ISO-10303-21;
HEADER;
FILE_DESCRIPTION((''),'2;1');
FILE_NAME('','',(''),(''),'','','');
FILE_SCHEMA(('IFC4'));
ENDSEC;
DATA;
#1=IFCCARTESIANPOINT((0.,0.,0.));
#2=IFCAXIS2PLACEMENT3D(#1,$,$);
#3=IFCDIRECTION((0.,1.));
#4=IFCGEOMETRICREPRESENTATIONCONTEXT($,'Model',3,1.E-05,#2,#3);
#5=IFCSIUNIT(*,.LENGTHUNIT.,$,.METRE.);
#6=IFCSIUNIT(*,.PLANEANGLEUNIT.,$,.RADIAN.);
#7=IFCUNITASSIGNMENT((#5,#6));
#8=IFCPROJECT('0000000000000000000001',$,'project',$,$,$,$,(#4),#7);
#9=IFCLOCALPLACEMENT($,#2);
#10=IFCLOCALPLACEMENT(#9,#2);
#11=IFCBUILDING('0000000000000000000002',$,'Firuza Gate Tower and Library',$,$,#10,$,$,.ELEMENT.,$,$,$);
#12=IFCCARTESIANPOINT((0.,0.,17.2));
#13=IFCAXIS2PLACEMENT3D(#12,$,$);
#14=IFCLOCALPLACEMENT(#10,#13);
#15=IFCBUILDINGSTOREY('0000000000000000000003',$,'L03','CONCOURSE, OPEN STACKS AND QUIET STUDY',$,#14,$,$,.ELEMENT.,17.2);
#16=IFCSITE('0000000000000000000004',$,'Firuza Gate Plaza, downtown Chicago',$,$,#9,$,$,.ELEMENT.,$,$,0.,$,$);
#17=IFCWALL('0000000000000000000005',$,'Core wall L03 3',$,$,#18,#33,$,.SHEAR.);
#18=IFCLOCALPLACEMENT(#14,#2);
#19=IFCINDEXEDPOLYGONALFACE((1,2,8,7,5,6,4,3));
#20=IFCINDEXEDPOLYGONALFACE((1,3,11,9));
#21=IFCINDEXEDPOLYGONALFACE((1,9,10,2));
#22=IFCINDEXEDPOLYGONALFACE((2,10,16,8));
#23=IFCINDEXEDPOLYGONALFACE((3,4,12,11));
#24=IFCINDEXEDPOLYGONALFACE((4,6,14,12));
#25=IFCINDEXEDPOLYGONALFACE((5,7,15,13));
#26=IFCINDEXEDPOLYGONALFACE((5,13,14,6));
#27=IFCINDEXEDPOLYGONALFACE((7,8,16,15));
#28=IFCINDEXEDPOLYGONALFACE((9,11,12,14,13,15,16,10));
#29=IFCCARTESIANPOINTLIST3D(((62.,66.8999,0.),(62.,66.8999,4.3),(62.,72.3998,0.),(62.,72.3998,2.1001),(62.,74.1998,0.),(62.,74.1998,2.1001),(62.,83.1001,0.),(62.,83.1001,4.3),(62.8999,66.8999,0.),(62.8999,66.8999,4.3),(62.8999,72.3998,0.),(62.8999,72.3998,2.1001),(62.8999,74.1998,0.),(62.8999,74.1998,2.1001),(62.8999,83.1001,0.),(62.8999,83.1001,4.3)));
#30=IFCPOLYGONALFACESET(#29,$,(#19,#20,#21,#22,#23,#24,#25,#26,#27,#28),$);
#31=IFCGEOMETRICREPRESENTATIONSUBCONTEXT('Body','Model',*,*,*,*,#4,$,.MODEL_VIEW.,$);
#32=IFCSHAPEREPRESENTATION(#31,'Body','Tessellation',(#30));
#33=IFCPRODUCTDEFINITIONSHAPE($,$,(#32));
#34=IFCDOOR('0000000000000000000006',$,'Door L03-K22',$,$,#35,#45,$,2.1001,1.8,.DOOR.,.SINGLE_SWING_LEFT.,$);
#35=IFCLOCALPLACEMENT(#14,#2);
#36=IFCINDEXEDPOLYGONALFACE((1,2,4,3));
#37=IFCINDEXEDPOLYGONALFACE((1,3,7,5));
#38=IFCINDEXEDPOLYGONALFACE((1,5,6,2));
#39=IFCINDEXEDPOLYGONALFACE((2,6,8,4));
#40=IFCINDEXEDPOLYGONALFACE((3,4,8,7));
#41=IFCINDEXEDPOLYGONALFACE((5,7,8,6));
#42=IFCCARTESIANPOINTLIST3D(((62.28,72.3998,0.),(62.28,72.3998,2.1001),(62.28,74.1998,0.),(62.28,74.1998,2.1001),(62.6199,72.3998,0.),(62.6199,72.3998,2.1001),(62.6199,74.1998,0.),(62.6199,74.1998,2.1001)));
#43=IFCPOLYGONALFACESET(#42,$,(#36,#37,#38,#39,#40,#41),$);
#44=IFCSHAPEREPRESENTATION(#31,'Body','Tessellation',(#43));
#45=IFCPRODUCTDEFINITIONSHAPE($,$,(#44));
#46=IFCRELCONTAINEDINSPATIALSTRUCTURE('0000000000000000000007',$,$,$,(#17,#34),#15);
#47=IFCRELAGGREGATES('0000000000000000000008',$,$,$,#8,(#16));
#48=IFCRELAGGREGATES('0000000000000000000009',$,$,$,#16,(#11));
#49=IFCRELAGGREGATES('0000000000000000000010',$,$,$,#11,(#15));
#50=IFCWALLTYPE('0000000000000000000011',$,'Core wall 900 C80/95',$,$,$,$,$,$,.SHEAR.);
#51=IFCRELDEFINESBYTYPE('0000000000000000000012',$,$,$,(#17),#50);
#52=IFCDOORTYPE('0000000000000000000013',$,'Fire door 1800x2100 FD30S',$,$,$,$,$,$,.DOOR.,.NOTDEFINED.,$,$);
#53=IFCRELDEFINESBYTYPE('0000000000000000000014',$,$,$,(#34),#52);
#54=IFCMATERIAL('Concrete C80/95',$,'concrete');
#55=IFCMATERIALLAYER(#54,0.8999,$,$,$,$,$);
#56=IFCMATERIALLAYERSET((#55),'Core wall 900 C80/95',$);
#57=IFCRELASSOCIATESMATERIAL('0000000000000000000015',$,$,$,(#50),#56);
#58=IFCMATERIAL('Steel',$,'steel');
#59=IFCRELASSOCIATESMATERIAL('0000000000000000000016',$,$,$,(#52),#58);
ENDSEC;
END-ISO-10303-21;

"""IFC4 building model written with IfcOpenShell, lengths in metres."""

from ifc_helpers import new_model, si_unit, direction, frame, frame_2d, origin, place, context, subcontext, project, spatial, rectangle, extrude, material, layer, layer_set, type_object, element, fill, save


model = new_model("IFC4")

# Units and contexts
model_context = context("Model", 3, precision=1e-05, world=origin(), true_north=direction((0.0, 1.0)))
body_context = subcontext(model_context, "Body", "Model", "MODEL_VIEW")
ifc_project = project(units=[si_unit("LENGTHUNIT", "METRE"), si_unit("PLANEANGLEUNIT", "RADIAN")], contexts=[model_context])

# Site, building, storey
site_placement = place(None, origin())
site = spatial("IfcSite", under=ifc_project, at=site_placement, Name="Firuza Gate Plaza, downtown Chicago", CompositionType="ELEMENT", RefElevation=0.0)
building_placement = place(site_placement, origin())
building = spatial("IfcBuilding", under=site, at=building_placement, Name="Firuza Gate Tower and Library", CompositionType="ELEMENT")
storey_placement = place(building_placement, frame((0.0, 0.0, 17.2)))
storey = spatial("IfcBuildingStorey", under=building, at=storey_placement, Name="L03", Description="CONCOURSE, OPEN STACKS AND QUIET STUDY", CompositionType="ELEMENT", Elevation=17.2)

# Shared definitions
ifc_material_1 = material(Name="Concrete C80/95", Category="concrete")
ifc_layer_1 = layer(ifc_material_1, 0.8999)
ifc_layer_set_1 = layer_set([ifc_layer_1], Name="Core wall 900 C80/95")
wall_type_1 = type_object("IfcWallType", Name="Core wall 900 C80/95", PredefinedType="SHEAR", material=ifc_layer_set_1)

# Wall, opening, door
wall_1_placement = place(storey_placement, frame((62.45, 66.8999, 0.0), z_axis=(0.0, 0.0, 1.0), x_axis=(0.0, 1.0, 0.0)))
wall_1 = element("IfcWall", 1, at=wall_1_placement, inside=storey, type_object=wall_type_1, Name="Core wall L03 3", PredefinedType="SHEAR", context=body_context, shape_type="SweptSolid", body=[
    extrude(rectangle(XDim=16.2002, YDim=0.8999, at=frame_2d((8.1001, 0.0))), origin(), (0.0, 0.0, 1.0), 4.3),
])
opening_1_placement = place(wall_1_placement, frame((5.5, 0.0, 0.0)))
opening_1 = element("IfcOpeningElement", 2, at=opening_1_placement, cuts=wall_1, PredefinedType="OPENING", context=body_context, shape_type="SweptSolid", body=[
    extrude(rectangle(XDim=1.8, YDim=2.1001, at=frame_2d((0.8999, 1.05))), frame((0.0, 0.46, 0.0), z_axis=(0.0, -1.0, 0.0), x_axis=(1.0, 0.0, 0.0)), (0.0, 0.0, 1.0), 0.9199),
])
ifc_material_2 = material(Name="Steel", Category="steel")
door_type_1 = type_object("IfcDoorType", Name="Fire door 1800x2100 FD30S", OperationType="NOTDEFINED", PredefinedType="DOOR", material=ifc_material_2)
door_1_placement = place(opening_1_placement, origin())
door_1 = element("IfcDoor", 3, at=door_1_placement, inside=storey, type_object=door_type_1, Name="Door L03-K22", OperationType="SINGLE_SWING_LEFT", OverallHeight=2.1001, OverallWidth=1.8, PredefinedType="DOOR", context=body_context, shape_type="SweptSolid", body=[
    extrude(rectangle(XDim=1.8, YDim=2.1001, at=frame_2d((0.8999, 1.05))), frame((0.0, 0.1699, 0.0), z_axis=(0.0, -1.0, 0.0), x_axis=(1.0, 0.0, 0.0)), (0.0, 0.0, 1.0), 0.3398),
])
fill(opening_1, door_1)

save(model, "model.ifc")
